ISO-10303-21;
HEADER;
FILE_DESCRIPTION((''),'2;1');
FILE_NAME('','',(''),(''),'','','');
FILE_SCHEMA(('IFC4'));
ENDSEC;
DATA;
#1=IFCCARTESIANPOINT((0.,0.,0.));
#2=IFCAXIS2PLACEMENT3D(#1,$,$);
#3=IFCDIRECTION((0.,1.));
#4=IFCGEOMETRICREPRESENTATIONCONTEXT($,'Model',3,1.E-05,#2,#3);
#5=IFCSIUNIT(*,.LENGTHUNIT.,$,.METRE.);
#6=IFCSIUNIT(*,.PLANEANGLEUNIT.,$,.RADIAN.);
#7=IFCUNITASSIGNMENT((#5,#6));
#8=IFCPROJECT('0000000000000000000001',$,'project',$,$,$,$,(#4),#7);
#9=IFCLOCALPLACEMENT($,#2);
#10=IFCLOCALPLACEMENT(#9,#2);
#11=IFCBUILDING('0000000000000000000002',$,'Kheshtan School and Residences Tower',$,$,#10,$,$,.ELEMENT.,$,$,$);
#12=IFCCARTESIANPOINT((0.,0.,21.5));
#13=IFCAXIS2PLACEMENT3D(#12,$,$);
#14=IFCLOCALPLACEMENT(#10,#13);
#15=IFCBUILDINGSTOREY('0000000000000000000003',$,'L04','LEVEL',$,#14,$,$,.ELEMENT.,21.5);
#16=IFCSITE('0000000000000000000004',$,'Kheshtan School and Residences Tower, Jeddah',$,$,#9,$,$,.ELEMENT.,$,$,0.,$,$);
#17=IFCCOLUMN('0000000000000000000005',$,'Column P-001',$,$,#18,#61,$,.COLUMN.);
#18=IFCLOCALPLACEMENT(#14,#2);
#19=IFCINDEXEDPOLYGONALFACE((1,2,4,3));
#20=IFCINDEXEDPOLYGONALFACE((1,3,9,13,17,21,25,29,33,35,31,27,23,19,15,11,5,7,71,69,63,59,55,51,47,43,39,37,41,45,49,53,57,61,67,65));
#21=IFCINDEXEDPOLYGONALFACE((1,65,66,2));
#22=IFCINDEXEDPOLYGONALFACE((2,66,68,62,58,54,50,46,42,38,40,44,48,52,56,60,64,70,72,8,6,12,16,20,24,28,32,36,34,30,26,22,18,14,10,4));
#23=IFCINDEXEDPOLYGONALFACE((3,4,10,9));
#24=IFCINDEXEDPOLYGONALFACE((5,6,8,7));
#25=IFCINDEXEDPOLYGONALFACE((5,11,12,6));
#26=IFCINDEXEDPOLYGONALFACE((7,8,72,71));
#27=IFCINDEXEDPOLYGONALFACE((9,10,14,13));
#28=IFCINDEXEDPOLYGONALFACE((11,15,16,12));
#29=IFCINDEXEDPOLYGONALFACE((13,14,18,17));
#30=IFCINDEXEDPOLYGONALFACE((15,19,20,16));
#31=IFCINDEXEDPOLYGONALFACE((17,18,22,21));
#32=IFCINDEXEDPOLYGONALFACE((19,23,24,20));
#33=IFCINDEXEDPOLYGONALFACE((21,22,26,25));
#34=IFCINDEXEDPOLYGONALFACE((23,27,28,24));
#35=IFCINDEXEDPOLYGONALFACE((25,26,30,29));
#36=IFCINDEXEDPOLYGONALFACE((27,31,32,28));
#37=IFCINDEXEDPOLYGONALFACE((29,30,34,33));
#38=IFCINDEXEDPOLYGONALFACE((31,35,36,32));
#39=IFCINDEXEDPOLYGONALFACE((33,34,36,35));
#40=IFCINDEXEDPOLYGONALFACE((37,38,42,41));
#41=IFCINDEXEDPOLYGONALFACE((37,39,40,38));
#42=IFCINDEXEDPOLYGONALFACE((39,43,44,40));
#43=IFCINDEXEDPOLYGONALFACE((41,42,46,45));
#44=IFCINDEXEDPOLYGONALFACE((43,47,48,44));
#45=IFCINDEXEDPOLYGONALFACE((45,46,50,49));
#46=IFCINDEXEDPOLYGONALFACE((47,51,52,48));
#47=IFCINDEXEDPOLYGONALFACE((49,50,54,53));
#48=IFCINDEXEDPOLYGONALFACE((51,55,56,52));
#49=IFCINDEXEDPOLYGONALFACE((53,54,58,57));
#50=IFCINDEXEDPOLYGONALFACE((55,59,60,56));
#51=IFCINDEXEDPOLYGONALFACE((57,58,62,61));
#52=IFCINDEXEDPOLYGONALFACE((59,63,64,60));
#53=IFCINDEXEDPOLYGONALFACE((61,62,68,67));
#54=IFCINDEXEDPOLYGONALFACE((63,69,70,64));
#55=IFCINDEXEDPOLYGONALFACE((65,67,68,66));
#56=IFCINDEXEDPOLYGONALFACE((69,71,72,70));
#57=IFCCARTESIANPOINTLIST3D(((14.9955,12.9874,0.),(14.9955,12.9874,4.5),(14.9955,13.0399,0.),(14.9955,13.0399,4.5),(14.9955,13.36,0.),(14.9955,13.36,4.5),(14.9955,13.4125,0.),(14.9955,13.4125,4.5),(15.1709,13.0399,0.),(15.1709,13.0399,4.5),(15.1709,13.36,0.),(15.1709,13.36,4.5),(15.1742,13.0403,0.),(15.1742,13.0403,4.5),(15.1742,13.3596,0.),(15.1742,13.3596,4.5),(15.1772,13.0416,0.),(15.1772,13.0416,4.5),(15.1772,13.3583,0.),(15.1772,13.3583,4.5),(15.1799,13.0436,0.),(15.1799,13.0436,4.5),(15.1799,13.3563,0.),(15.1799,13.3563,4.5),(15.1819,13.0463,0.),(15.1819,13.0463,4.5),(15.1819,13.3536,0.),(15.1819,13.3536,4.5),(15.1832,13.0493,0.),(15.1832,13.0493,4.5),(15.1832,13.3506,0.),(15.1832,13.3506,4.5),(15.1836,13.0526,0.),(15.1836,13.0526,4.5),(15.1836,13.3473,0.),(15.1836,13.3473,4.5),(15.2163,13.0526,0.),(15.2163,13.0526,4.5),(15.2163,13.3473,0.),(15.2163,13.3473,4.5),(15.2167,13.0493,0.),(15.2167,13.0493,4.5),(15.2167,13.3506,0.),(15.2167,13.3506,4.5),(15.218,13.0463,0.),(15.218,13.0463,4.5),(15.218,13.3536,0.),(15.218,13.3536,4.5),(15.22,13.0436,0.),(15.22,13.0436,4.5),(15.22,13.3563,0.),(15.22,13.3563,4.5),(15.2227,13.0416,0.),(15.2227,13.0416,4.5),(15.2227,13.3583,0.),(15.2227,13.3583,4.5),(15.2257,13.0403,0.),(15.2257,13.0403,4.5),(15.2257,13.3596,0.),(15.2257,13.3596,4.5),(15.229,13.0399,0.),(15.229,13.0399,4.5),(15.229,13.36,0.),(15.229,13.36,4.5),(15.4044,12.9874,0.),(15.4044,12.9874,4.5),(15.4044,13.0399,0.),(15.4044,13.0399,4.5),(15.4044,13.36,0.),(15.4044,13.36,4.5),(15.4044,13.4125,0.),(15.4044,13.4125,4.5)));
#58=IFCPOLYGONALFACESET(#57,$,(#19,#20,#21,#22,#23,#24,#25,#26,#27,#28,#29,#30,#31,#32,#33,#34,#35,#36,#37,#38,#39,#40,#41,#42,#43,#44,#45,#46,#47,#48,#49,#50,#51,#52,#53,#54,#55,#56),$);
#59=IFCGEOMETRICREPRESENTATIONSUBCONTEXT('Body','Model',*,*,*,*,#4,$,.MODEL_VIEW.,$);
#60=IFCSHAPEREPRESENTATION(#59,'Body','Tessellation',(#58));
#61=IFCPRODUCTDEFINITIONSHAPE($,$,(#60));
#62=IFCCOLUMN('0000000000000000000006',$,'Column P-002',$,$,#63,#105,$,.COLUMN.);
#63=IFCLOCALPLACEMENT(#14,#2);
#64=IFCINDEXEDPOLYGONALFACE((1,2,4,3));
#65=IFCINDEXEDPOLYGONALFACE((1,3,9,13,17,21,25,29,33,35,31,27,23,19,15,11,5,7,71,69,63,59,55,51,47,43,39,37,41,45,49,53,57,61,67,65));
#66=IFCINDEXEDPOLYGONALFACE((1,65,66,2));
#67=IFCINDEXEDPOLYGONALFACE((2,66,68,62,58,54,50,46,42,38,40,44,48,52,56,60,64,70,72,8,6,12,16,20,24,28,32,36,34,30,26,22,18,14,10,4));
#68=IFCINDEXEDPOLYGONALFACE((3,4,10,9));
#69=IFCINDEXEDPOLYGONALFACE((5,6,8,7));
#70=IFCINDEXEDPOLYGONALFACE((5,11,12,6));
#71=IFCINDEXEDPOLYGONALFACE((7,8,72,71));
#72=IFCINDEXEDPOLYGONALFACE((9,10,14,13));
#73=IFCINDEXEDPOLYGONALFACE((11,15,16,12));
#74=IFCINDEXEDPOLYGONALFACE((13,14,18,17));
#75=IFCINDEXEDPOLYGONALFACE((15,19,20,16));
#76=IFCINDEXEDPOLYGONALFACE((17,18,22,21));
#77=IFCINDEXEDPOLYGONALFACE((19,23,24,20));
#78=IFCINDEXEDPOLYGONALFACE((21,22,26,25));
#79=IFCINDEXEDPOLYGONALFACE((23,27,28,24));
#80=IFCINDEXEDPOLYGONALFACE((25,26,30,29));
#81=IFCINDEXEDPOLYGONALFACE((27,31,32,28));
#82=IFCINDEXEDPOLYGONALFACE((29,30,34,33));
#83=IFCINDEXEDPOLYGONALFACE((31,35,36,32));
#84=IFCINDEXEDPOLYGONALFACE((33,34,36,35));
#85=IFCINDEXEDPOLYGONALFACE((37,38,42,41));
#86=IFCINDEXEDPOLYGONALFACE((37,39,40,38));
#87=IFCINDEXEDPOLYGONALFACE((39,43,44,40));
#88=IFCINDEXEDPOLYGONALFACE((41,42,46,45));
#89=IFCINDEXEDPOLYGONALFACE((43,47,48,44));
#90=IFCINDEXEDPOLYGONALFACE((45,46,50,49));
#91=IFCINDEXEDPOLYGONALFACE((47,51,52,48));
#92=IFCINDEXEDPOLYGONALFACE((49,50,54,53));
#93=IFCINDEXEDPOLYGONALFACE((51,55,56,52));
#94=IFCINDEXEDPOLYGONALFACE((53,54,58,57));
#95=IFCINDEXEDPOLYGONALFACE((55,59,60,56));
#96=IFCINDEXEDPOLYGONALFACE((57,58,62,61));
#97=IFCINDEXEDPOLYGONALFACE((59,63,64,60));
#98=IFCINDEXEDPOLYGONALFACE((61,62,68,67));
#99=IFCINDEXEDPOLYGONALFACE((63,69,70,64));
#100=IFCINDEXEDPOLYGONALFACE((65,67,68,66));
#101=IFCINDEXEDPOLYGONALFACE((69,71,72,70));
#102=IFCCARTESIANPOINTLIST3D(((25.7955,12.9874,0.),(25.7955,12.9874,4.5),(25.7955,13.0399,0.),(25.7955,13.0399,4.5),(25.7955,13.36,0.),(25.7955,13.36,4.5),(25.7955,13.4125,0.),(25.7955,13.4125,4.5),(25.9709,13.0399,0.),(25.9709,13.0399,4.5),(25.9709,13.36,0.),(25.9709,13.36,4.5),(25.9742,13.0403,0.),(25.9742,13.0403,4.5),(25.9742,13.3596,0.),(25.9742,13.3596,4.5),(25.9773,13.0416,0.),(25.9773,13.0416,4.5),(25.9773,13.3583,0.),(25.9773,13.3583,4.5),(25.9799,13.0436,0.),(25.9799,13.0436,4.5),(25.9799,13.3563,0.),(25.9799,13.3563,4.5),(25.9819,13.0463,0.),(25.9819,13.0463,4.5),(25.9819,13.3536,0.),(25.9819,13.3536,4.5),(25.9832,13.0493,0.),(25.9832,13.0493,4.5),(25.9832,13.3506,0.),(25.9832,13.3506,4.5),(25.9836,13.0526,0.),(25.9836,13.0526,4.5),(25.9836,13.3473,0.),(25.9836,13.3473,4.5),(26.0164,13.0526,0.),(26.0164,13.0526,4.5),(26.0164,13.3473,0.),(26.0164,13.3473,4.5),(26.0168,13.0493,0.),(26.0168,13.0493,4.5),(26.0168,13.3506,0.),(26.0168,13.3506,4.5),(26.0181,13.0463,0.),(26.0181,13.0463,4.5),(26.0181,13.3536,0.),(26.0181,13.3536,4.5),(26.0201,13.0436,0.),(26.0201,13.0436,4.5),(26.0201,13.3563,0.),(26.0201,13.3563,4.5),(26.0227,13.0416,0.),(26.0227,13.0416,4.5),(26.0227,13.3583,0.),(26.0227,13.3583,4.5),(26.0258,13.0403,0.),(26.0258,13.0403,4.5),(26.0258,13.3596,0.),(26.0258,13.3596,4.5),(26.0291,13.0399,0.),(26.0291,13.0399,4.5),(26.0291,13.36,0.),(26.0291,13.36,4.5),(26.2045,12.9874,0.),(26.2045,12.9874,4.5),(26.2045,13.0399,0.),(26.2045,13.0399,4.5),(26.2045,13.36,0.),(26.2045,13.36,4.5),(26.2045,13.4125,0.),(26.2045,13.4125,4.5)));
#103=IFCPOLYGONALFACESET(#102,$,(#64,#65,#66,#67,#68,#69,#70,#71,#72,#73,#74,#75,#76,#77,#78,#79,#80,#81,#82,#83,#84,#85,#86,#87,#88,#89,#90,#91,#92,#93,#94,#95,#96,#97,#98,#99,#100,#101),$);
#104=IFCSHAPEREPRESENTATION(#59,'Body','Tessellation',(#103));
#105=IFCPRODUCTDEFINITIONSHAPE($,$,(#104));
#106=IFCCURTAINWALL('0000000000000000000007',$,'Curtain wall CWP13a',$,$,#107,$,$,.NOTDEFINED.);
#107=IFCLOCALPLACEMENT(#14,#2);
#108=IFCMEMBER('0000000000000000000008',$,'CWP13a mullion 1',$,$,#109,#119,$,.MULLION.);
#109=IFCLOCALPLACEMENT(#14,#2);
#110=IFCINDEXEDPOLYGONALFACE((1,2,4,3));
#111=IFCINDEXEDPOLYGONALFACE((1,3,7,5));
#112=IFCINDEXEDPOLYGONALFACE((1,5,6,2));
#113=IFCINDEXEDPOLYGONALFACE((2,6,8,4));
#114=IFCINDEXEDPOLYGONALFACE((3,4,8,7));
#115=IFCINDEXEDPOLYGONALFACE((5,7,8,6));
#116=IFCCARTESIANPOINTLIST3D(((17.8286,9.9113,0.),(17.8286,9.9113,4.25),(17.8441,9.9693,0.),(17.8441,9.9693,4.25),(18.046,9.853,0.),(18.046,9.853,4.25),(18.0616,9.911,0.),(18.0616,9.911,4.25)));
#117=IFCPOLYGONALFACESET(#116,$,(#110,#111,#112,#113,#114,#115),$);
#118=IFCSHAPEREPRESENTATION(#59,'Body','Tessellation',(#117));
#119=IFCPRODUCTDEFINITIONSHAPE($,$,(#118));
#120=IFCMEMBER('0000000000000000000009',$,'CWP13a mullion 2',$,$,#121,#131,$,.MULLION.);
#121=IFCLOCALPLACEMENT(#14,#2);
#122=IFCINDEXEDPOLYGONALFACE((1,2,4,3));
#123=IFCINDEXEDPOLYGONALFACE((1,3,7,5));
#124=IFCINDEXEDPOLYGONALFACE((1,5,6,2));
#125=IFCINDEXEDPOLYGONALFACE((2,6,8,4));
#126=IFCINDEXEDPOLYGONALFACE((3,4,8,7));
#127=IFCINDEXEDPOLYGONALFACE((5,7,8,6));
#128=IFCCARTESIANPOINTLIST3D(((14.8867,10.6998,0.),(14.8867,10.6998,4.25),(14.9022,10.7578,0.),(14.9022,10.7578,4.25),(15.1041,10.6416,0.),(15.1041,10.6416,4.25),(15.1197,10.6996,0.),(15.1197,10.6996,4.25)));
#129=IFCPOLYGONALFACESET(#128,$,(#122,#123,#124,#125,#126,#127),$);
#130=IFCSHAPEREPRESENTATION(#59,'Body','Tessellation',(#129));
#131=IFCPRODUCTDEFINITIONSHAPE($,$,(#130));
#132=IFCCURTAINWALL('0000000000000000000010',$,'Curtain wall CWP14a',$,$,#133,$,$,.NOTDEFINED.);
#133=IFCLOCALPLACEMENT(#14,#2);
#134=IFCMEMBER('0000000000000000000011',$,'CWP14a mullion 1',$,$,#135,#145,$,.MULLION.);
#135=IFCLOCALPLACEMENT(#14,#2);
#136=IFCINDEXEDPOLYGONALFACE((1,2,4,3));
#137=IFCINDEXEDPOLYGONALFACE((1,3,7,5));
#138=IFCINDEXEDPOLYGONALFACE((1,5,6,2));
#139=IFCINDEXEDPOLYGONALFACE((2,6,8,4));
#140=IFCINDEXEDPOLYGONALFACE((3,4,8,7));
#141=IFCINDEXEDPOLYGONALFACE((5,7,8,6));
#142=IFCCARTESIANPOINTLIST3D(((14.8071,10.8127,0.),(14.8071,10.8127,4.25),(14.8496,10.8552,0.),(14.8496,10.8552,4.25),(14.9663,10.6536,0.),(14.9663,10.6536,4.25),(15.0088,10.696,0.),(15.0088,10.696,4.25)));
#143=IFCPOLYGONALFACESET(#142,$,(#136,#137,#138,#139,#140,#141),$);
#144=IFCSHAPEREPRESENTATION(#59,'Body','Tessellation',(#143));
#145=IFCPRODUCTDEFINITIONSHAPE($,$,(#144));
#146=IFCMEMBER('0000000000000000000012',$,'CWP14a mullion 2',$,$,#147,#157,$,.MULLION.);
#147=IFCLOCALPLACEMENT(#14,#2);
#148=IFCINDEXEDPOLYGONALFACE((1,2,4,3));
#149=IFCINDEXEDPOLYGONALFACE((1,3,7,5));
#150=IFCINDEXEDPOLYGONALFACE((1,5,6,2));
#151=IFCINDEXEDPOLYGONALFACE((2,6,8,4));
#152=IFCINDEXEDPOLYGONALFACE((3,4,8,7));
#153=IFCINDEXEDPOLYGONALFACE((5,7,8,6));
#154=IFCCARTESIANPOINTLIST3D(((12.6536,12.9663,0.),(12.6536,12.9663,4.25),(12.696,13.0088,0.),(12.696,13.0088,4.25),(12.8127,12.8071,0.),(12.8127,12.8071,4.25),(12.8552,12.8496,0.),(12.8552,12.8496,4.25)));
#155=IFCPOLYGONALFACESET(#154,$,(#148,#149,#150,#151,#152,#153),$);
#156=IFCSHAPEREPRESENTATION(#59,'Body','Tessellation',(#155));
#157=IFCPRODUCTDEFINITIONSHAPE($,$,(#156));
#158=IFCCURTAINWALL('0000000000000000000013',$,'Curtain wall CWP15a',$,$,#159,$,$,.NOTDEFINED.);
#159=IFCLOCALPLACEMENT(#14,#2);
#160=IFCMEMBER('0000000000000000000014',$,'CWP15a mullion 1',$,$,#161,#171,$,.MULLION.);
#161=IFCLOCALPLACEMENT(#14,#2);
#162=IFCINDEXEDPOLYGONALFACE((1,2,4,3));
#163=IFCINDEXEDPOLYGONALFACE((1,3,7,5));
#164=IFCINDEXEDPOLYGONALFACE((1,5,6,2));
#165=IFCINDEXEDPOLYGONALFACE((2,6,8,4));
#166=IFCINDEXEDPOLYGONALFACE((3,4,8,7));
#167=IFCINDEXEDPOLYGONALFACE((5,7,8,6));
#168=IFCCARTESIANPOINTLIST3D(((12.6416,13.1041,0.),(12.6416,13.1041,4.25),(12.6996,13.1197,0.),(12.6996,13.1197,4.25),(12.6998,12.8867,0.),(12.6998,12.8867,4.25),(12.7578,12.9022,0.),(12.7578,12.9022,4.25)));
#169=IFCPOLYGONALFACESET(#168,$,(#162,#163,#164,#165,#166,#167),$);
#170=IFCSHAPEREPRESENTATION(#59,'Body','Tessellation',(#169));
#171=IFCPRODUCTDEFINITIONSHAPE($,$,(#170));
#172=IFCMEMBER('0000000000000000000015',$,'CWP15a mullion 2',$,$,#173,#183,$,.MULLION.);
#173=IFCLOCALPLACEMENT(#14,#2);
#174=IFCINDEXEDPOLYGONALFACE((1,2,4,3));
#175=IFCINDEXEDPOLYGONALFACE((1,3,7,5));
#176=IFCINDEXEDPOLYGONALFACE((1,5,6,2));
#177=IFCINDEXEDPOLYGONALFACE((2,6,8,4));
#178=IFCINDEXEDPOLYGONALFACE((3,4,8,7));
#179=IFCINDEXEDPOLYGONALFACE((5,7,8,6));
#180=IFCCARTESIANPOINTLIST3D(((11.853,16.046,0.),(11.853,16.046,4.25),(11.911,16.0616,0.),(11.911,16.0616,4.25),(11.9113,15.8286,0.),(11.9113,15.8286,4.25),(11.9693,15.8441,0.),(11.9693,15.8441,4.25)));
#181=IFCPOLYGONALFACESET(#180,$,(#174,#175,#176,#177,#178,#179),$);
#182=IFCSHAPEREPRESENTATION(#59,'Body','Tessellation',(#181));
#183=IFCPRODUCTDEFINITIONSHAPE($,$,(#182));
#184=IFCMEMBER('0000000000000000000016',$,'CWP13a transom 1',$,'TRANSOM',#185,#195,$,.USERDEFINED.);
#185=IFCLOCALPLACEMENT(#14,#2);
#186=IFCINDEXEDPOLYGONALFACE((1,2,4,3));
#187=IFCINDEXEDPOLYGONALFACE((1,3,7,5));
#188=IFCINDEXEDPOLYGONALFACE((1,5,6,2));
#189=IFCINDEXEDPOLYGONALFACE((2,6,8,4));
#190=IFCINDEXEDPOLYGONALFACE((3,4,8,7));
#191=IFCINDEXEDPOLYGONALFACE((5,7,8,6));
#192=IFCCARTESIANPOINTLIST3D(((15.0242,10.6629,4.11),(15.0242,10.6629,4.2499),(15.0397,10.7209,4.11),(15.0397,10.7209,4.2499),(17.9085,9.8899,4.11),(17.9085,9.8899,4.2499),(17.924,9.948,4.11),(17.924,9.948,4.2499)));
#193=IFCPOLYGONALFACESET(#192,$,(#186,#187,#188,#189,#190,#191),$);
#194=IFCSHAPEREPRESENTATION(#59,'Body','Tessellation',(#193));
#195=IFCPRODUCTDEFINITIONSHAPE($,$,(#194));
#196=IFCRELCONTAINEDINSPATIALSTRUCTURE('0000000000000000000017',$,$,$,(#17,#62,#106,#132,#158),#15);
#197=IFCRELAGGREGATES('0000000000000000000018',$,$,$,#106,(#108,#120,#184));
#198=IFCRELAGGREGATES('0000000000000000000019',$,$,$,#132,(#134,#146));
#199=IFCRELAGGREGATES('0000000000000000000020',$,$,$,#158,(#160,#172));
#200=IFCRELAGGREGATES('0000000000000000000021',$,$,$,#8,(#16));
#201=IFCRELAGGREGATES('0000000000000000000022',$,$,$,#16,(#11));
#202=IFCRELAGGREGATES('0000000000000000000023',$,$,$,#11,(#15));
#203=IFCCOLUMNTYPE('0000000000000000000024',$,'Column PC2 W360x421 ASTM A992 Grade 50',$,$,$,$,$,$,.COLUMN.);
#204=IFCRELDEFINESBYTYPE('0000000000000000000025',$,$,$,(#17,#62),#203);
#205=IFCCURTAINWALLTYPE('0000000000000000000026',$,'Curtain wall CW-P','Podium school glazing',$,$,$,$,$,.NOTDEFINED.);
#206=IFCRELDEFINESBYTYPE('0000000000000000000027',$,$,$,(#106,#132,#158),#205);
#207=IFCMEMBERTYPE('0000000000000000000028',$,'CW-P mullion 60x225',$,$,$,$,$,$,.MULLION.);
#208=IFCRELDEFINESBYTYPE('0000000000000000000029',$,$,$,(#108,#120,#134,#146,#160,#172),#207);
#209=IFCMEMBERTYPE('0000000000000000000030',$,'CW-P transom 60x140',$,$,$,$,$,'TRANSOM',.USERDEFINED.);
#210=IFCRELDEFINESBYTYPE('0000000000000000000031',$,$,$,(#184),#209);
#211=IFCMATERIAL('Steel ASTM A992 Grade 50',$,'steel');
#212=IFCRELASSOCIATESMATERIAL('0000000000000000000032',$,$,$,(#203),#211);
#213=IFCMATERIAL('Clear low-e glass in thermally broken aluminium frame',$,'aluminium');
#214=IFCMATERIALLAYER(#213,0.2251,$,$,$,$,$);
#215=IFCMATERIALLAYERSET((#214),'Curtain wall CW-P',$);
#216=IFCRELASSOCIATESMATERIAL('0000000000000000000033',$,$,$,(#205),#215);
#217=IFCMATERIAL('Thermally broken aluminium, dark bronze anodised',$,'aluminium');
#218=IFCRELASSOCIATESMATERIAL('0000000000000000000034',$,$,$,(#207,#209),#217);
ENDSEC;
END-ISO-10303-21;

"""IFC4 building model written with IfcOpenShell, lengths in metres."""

from ifc_helpers import new_model, si_unit, direction, frame, origin, origin_2d, place, context, subcontext, project, spatial, rectangle, i_section, extrude, material, layer, layer_set, material_profile, profile_set, type_object, element, aggregate, save


model = new_model("IFC4")

# Units and contexts
model_context = context("Model", 3, precision=1e-05, world=origin(), true_north=direction((0.0, 1.0)))
body_context = subcontext(model_context, "Body", "Model", "MODEL_VIEW")
ifc_project = project(units=[si_unit("LENGTHUNIT", "METRE"), si_unit("PLANEANGLEUNIT", "RADIAN")], contexts=[model_context])

# Site, building, storey
site_placement = place(None, origin())
site = spatial("IfcSite", under=ifc_project, at=site_placement, Name="Kheshtan School and Residences Tower, Jeddah", CompositionType="ELEMENT", RefElevation=0.0)
building_placement = place(site_placement, origin())
building = spatial("IfcBuilding", under=site, at=building_placement, Name="Kheshtan School and Residences Tower", CompositionType="ELEMENT")
storey_placement = place(building_placement, frame((0.0, 0.0, 21.5)))
storey = spatial("IfcBuildingStorey", under=building, at=storey_placement, Name="L04", Description="LEVEL", CompositionType="ELEMENT", Elevation=21.5)

# Columns
ifc_material_1 = material(Name="Steel ASTM A992 Grade 50", Category="steel")
ifc_material_profile_1 = material_profile(ifc_material_1, i_section(OverallWidth=0.4089, OverallDepth=0.425, WebThickness=0.0327, FlangeThickness=0.0525, FilletRadius=0.0127, at=origin_2d()), Name="W360x421")
ifc_profile_set_1 = profile_set([ifc_material_profile_1], Name="Steel ASTM A992 Grade 50")
column_type = type_object("IfcColumnType", Name="Column PC2 W360x421 ASTM A992 Grade 50", PredefinedType="COLUMN", material=ifc_profile_set_1)
for number, where, z_axis, x_axis, name in (
    (1, (15.2, 13.2, 0.0), (0.0, 0.0, 1.0), (1.0, 0.0, 0.0), "Column P-001"),
    (2, (26.0, 13.2, 0.0), (0.0, 0.0, 1.0), (1.0, 0.0, 0.0), "Column P-002"),
):
    element("IfcColumn", number, at=place(storey_placement, frame(where, z_axis=z_axis, x_axis=x_axis)), inside=storey, type_object=column_type, Name=name, PredefinedType="COLUMN", context=body_context, shape_type="SweptSolid", body=[
        extrude(i_section(OverallWidth=0.4089, OverallDepth=0.425, WebThickness=0.0327, FlangeThickness=0.0525, FilletRadius=0.0127, at=origin_2d()), origin(), (0.0, 0.0, 1.0), 4.5),
    ])

# Curtain walls, members
ifc_material_2 = material(Name="Clear low-e glass in thermally broken aluminium frame", Category="aluminium")
ifc_layer_1 = layer(ifc_material_2, 0.2251)
ifc_layer_set_1 = layer_set([ifc_layer_1], Name="Curtain wall CW-P")
curtain_wall_type = type_object("IfcCurtainWallType", Name="Curtain wall CW-P", Description="Podium school glazing", PredefinedType="NOTDEFINED", material=ifc_layer_set_1)
curtain_wall_1_placement = place(storey_placement, origin())
curtain_wall_1 = element("IfcCurtainWall", 3, at=curtain_wall_1_placement, inside=storey, type_object=curtain_wall_type, Name="Curtain wall CWP13a", PredefinedType="NOTDEFINED")
ifc_material_3 = material(Name="Thermally broken aluminium, dark bronze anodised", Category="aluminium")
ifc_material_profile_2 = material_profile(ifc_material_3, rectangle(XDim=0.0601, YDim=0.2251, at=origin_2d()), Name="CW-P mullion 60x225")
ifc_profile_set_2 = profile_set([ifc_material_profile_2], Name="Thermally broken aluminium, dark bronze anodised")
member_type_1 = type_object("IfcMemberType", Name="CW-P mullion 60x225", PredefinedType="MULLION", material=ifc_profile_set_2)
member_1_placement = place(storey_placement, frame((17.9451, 9.9111, 0.0), z_axis=(0.0, 0.0, 1.0), x_axis=(-0.258865, -0.965914, 0.0)))
member_1 = element("IfcMember", 4, at=member_1_placement, type_object=member_type_1, Name="CWP13a mullion 1", PredefinedType="MULLION", context=body_context, shape_type="SweptSolid", body=[
    extrude(rectangle(XDim=0.0601, YDim=0.2251, at=origin_2d()), origin(), (0.0, 0.0, 1.0), 4.25),
])
member_2_placement = place(storey_placement, frame((15.0032, 10.6997, 0.0), z_axis=(0.0, 0.0, 1.0), x_axis=(-0.258865, -0.965914, 0.0)))
member_2 = element("IfcMember", 5, at=member_2_placement, type_object=member_type_1, Name="CWP13a mullion 2", PredefinedType="MULLION", context=body_context, shape_type="SweptSolid", body=[
    extrude(rectangle(XDim=0.0601, YDim=0.2251, at=origin_2d()), origin(), (0.0, 0.0, 1.0), 4.25),
])
curtain_wall_2_placement = place(storey_placement, origin())
curtain_wall_2 = element("IfcCurtainWall", 6, at=curtain_wall_2_placement, inside=storey, type_object=curtain_wall_type, Name="Curtain wall CWP14a", PredefinedType="NOTDEFINED")
member_3_placement = place(storey_placement, frame((14.908, 10.7544, 0.0), z_axis=(0.0, 0.0, 1.0), x_axis=(-0.707107, -0.707107, 0.0)))
member_3 = element("IfcMember", 7, at=member_3_placement, type_object=member_type_1, Name="CWP14a mullion 1", PredefinedType="MULLION", context=body_context, shape_type="SweptSolid", body=[
    extrude(rectangle(XDim=0.0601, YDim=0.2251, at=origin_2d()), origin(), (0.0, 0.0, 1.0), 4.25),
])
member_4_placement = place(storey_placement, frame((12.7544, 12.908, 0.0), z_axis=(0.0, 0.0, 1.0), x_axis=(-0.707107, -0.707107, 0.0)))
member_4 = element("IfcMember", 8, at=member_4_placement, type_object=member_type_1, Name="CWP14a mullion 2", PredefinedType="MULLION", context=body_context, shape_type="SweptSolid", body=[
    extrude(rectangle(XDim=0.0601, YDim=0.2251, at=origin_2d()), origin(), (0.0, 0.0, 1.0), 4.25),
])
curtain_wall_3_placement = place(storey_placement, origin())
curtain_wall_3 = element("IfcCurtainWall", 9, at=curtain_wall_3_placement, inside=storey, type_object=curtain_wall_type, Name="Curtain wall CWP15a", PredefinedType="NOTDEFINED")
member_5_placement = place(storey_placement, frame((12.6997, 13.0032, 0.0), z_axis=(0.0, 0.0, 1.0), x_axis=(-0.965914, -0.258865, 0.0)))
member_5 = element("IfcMember", 10, at=member_5_placement, type_object=member_type_1, Name="CWP15a mullion 1", PredefinedType="MULLION", context=body_context, shape_type="SweptSolid", body=[
    extrude(rectangle(XDim=0.0601, YDim=0.2251, at=origin_2d()), origin(), (0.0, 0.0, 1.0), 4.25),
])
member_6_placement = place(storey_placement, frame((11.9111, 15.9451, 0.0), z_axis=(0.0, 0.0, 1.0), x_axis=(-0.965914, -0.258865, 0.0)))
member_6 = element("IfcMember", 11, at=member_6_placement, type_object=member_type_1, Name="CWP15a mullion 2", PredefinedType="MULLION", context=body_context, shape_type="SweptSolid", body=[
    extrude(rectangle(XDim=0.0601, YDim=0.2251, at=origin_2d()), origin(), (0.0, 0.0, 1.0), 4.25),
])

# Member
ifc_material_profile_3 = material_profile(ifc_material_3, rectangle(XDim=0.0601, YDim=0.1399, at=origin_2d()), Name="CW-P transom 60x140")
ifc_profile_set_3 = profile_set([ifc_material_profile_3], Name="Thermally broken aluminium, dark bronze anodised")
member_type_2 = type_object("IfcMemberType", Name="CW-P transom 60x140", ElementType="TRANSOM", PredefinedType="USERDEFINED", material=ifc_profile_set_3)
member_7_placement = place(storey_placement, frame((17.9163, 9.9189, 4.1799), z_axis=(-0.965917, 0.258853, 0.0), x_axis=(-0.258853, -0.965917, 0.0)))
member_7 = element("IfcMember", 12, at=member_7_placement, type_object=member_type_2, Name="CWP13a transom 1", ObjectType="TRANSOM", PredefinedType="USERDEFINED", context=body_context, shape_type="SweptSolid", body=[
    extrude(rectangle(XDim=0.0601, YDim=0.1399, at=origin_2d()), origin(), (0.0, 0.0, 1.0), 2.9861),
])

aggregate(curtain_wall_1, [member_1, member_2, member_7])
aggregate(curtain_wall_2, [member_3, member_4])
aggregate(curtain_wall_3, [member_5, member_6])

save(model, "model.ifc")
